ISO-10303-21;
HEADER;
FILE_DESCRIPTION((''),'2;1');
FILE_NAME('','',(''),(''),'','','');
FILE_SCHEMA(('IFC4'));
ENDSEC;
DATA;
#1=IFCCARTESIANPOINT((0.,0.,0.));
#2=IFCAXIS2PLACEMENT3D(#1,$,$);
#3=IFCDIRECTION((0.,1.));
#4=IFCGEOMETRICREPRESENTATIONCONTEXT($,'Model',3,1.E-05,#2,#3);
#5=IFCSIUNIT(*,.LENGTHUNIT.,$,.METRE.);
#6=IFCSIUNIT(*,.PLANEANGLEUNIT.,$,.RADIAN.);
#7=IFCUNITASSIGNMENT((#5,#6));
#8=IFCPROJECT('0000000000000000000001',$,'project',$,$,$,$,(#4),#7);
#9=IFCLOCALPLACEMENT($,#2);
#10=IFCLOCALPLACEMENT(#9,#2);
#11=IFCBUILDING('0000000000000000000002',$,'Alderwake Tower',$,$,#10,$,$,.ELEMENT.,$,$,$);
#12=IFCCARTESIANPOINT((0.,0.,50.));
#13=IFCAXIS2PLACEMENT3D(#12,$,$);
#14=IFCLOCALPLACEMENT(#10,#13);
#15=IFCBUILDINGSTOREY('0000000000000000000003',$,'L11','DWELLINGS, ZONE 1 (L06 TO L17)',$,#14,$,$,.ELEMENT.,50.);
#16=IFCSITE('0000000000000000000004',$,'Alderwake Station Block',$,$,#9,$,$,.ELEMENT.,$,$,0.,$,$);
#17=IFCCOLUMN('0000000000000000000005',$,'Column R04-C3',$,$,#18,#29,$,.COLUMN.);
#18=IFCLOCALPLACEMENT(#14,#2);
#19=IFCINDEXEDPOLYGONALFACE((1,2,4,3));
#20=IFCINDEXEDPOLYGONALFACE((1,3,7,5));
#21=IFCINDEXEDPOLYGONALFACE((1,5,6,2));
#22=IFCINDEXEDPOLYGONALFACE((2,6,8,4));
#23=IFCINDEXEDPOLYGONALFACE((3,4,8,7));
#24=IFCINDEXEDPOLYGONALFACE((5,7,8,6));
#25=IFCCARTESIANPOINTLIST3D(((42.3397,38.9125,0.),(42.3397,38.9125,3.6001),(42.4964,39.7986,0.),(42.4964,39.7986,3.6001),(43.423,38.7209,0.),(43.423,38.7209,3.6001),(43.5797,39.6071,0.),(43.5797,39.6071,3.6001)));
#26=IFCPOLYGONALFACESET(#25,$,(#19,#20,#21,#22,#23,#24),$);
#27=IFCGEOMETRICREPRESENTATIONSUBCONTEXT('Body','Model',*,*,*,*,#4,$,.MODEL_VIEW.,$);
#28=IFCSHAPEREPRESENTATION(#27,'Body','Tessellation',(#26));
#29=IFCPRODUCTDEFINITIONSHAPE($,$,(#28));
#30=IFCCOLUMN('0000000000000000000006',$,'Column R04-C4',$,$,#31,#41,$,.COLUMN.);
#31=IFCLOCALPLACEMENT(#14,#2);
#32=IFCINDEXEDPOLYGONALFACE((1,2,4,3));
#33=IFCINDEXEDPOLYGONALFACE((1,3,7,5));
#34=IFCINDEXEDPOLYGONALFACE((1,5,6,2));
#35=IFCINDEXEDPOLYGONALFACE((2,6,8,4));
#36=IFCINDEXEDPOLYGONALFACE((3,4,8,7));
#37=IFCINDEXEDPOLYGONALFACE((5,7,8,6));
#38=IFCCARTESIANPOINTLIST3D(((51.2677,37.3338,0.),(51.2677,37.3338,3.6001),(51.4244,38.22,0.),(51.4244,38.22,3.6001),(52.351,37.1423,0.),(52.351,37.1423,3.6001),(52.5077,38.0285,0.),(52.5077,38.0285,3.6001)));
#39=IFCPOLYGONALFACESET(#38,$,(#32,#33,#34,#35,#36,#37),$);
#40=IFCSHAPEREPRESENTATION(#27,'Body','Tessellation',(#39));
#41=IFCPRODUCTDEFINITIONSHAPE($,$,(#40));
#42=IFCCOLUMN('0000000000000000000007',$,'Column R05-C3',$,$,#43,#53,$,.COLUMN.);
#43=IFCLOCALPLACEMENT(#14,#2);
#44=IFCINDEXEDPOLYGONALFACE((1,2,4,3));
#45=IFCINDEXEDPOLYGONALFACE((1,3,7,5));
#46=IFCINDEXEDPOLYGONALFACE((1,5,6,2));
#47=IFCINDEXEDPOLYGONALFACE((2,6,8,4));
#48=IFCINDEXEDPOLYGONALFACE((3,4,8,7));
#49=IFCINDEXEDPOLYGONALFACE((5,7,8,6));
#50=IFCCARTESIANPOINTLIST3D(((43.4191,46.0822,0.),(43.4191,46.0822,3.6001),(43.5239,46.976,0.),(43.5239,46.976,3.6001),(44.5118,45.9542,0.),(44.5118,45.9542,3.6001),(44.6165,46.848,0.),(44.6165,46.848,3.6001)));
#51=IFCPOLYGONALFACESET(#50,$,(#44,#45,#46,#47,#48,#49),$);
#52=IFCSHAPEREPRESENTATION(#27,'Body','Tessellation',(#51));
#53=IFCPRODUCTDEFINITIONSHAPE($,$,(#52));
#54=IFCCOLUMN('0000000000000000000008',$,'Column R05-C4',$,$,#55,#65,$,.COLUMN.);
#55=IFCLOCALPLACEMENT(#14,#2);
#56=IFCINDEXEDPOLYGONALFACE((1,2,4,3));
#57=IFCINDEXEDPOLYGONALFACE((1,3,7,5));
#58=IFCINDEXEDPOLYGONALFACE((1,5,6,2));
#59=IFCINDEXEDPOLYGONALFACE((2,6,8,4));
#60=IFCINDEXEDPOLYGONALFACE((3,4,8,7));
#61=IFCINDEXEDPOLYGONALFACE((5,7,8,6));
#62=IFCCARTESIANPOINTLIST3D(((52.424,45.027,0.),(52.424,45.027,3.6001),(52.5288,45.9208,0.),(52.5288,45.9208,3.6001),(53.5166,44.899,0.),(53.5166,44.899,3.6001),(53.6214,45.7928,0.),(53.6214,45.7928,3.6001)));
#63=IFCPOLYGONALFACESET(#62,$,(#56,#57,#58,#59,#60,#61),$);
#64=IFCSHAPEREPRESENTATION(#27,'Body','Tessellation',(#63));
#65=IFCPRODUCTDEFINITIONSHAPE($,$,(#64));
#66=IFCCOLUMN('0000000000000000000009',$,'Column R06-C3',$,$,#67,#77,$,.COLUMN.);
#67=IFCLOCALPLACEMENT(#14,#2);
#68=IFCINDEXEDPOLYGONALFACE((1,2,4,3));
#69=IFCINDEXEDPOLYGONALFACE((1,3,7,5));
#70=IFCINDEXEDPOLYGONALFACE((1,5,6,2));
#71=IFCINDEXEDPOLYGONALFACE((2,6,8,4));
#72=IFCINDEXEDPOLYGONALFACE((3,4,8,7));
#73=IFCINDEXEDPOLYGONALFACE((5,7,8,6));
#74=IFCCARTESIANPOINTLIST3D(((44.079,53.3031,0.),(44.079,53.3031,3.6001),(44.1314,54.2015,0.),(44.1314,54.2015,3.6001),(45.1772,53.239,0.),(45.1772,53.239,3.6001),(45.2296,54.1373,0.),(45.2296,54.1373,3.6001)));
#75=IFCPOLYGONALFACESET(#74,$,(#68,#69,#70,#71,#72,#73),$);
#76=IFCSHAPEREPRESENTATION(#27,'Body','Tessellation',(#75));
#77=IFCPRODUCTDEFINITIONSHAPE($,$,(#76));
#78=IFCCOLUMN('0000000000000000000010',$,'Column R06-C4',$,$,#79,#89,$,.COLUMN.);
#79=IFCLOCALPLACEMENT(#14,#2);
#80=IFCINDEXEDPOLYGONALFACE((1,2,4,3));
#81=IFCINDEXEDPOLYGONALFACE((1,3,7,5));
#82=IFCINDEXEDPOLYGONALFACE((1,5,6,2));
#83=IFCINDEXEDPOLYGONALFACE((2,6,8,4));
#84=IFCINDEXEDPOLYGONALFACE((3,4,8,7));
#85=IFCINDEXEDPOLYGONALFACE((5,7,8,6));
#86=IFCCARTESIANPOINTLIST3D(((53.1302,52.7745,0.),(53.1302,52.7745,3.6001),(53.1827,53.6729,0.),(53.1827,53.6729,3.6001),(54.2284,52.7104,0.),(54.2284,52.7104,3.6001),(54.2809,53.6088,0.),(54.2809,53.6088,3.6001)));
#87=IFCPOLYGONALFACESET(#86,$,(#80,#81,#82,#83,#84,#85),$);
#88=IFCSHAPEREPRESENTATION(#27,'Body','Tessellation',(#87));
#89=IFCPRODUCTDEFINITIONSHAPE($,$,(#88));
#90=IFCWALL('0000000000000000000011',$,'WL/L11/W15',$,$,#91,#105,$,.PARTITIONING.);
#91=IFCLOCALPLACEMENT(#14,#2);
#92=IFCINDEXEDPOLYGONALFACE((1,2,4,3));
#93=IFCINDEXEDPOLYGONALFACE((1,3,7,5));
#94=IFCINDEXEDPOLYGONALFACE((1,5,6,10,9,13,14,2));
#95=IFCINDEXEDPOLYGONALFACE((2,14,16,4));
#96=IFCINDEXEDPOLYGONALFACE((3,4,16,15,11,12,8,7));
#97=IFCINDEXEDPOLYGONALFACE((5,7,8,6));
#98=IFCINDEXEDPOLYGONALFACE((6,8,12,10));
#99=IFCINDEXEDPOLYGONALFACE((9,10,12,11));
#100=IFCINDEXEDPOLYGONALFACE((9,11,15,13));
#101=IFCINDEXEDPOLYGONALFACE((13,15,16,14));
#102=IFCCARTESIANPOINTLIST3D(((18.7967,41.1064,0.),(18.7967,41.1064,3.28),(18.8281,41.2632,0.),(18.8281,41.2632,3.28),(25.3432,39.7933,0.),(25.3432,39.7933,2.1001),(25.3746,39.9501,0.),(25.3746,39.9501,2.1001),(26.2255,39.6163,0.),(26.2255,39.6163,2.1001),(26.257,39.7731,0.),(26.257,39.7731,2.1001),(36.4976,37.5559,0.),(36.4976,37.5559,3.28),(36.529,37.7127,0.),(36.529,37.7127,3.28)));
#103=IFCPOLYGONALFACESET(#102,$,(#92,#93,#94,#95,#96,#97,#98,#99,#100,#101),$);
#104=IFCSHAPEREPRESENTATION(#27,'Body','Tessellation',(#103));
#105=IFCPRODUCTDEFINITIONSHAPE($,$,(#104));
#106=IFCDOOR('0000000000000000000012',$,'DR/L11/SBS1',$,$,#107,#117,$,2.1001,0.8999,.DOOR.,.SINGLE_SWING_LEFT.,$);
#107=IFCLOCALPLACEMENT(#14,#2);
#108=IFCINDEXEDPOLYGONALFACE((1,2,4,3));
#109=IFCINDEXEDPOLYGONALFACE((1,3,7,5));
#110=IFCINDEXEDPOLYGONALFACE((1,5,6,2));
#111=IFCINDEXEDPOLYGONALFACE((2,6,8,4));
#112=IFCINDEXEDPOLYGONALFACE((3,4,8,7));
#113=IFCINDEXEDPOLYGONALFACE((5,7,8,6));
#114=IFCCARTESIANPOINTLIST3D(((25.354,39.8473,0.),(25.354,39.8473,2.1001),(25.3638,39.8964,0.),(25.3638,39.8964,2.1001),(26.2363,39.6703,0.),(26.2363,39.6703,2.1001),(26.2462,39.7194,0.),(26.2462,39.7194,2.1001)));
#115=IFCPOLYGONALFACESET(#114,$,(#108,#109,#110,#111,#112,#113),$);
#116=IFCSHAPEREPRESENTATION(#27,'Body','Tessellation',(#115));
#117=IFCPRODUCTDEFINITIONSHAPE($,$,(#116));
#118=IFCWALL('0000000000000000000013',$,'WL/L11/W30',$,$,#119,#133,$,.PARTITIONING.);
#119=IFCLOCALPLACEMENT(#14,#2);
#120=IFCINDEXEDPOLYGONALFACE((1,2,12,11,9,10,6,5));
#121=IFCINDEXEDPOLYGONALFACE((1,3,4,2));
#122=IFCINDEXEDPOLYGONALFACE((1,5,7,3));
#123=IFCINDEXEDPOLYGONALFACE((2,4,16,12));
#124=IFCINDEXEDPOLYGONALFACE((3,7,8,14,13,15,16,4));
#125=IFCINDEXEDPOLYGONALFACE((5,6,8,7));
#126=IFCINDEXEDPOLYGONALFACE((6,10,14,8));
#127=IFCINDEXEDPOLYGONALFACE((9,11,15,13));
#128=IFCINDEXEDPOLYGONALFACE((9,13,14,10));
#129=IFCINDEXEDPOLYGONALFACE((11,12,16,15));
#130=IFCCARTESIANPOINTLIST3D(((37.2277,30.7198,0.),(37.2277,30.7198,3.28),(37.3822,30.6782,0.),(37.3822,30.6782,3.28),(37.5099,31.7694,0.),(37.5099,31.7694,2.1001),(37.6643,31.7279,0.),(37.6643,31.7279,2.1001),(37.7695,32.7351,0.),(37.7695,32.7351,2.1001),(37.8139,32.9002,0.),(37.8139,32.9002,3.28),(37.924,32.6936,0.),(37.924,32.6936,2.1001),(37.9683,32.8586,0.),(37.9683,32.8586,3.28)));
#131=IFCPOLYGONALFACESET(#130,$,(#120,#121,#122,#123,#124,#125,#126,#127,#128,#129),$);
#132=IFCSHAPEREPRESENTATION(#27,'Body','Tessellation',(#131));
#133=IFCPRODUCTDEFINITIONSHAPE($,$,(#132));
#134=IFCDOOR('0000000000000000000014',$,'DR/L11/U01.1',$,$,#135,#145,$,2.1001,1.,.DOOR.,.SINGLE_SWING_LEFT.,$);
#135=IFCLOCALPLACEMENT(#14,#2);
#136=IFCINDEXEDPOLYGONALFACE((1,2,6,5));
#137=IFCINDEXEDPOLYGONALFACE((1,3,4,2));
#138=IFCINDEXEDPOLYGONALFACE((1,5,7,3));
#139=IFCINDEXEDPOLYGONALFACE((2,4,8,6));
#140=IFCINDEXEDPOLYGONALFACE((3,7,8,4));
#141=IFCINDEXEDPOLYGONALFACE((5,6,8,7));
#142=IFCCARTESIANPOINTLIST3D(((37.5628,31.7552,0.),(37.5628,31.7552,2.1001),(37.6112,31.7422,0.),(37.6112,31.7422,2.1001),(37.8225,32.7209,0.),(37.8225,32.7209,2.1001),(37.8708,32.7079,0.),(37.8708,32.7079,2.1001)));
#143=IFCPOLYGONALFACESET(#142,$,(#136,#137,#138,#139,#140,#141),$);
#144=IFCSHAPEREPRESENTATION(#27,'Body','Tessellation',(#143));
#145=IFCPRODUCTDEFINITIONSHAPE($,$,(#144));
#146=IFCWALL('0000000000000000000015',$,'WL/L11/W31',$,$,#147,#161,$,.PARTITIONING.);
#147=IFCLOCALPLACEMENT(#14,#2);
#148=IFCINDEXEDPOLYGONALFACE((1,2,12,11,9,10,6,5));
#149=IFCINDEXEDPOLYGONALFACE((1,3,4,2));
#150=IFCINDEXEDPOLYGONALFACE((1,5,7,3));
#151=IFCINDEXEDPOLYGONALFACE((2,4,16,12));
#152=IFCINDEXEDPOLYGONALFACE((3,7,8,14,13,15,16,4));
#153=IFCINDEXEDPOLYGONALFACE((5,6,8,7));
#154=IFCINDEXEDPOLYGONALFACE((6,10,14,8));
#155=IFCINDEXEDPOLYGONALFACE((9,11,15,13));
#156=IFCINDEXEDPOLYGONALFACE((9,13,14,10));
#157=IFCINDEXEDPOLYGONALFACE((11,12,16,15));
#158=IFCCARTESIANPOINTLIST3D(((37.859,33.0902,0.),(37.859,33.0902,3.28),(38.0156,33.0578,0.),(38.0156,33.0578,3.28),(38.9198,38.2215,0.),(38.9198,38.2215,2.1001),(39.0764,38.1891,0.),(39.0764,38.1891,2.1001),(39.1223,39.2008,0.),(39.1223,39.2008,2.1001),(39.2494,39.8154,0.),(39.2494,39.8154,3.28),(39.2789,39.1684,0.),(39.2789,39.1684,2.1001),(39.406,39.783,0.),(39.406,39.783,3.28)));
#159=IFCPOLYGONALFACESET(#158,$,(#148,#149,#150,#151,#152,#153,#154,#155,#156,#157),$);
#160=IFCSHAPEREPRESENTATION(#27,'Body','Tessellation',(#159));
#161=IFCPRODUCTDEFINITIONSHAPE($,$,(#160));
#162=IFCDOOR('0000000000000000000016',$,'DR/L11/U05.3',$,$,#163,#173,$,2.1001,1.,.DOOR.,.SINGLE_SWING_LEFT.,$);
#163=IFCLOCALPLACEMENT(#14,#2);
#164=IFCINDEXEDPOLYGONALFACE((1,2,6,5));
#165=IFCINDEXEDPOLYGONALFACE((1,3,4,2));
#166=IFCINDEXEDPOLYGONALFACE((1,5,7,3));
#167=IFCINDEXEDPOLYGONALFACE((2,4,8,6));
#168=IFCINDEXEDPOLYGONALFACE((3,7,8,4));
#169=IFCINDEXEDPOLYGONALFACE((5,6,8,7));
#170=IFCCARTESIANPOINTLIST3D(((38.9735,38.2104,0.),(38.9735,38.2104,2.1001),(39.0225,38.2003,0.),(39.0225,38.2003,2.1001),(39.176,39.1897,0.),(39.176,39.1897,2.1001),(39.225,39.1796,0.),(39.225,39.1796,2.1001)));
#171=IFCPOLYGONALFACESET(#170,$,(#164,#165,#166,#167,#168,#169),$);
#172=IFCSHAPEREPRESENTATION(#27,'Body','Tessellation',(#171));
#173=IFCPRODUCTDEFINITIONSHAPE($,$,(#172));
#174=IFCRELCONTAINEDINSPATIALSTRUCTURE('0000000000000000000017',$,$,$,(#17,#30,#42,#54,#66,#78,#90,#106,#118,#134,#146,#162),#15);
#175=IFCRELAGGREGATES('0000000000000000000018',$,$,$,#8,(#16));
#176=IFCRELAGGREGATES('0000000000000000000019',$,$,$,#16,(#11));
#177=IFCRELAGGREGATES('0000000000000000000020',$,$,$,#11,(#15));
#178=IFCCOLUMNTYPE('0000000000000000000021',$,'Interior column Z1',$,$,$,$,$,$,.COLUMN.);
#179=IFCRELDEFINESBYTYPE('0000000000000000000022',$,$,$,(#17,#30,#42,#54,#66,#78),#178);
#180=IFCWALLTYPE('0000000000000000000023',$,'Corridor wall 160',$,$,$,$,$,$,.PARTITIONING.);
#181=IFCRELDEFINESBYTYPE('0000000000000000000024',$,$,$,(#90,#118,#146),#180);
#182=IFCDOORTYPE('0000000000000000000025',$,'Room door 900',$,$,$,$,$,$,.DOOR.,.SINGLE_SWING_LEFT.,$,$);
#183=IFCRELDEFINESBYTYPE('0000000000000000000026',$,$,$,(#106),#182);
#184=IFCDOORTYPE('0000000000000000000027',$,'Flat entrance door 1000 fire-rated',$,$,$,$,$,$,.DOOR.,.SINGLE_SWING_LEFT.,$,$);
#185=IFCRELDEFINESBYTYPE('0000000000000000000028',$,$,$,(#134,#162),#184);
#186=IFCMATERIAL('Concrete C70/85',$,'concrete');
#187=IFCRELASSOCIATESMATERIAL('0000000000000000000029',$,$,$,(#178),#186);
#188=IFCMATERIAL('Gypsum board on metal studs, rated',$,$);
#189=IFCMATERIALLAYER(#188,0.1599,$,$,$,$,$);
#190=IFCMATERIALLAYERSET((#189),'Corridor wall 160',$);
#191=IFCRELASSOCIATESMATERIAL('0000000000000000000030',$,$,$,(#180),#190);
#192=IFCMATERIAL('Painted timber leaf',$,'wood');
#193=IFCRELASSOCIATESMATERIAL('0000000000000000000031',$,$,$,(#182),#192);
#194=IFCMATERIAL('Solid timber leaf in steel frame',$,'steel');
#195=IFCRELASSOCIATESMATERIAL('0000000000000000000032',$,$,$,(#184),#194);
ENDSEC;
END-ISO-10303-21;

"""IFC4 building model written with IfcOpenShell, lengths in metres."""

from ifc_helpers import new_model, si_unit, direction, frame, frame_2d, origin, origin_2d, place, context, subcontext, project, spatial, rectangle, extrude, material, layer, layer_set, material_profile, profile_set, type_object, element, fill, save


model = new_model("IFC4")

# Units and contexts
model_context = context("Model", 3, precision=1e-05, world=origin(), true_north=direction((0.0, 1.0)))
body_context = subcontext(model_context, "Body", "Model", "MODEL_VIEW")
ifc_project = project(units=[si_unit("LENGTHUNIT", "METRE"), si_unit("PLANEANGLEUNIT", "RADIAN")], contexts=[model_context])

# Site, building, storey
site_placement = place(None, origin())
site = spatial("IfcSite", under=ifc_project, at=site_placement, Name="Alderwake Station Block", CompositionType="ELEMENT", RefElevation=0.0)
building_placement = place(site_placement, origin())
building = spatial("IfcBuilding", under=site, at=building_placement, Name="Alderwake Tower", CompositionType="ELEMENT")
storey_placement = place(building_placement, frame((0.0, 0.0, 50.0)))
storey = spatial("IfcBuildingStorey", under=building, at=storey_placement, Name="L11", Description="DWELLINGS, ZONE 1 (L06 TO L17)", CompositionType="ELEMENT", Elevation=50.0)

# Columns
ifc_material_1 = material(Name="Concrete C70/85", Category="concrete")
ifc_material_profile = material_profile(ifc_material_1, rectangle(XDim=0.8999, YDim=1.1001, at=origin_2d()), Name="RC 1100X900")
ifc_profile_set = profile_set([ifc_material_profile], Name="Concrete C70/85")
column_type = type_object("IfcColumnType", Name="Interior column Z1", PredefinedType="COLUMN", material=ifc_profile_set)
for number, where, z_axis, x_axis, name in (
    (1, (42.9597, 39.2598, 0.0), (0.0, 0.0, 1.0), (0.174109, 0.984726, 0.0), "Column R04-C3"),
    (2, (51.8877, 37.6812, 0.0), (0.0, 0.0, 1.0), (0.174109, 0.984726, 0.0), "Column R04-C4"),
    (3, (44.0178, 46.4651, 0.0), (0.0, 0.0, 1.0), (0.116402, 0.993202, 0.0), "Column R05-C3"),
    (4, (53.0227, 45.4099, 0.0), (0.0, 0.0, 1.0), (0.116402, 0.993202, 0.0), "Column R05-C4"),
    (5, (44.6543, 53.7202, 0.0), (0.0, 0.0, 1.0), (0.058301, 0.998299, 0.0), "Column R06-C3"),
    (6, (53.7056, 53.1917, 0.0), (0.0, 0.0, 1.0), (0.058299, 0.998299, 0.0), "Column R06-C4"),
):
    element("IfcColumn", number, at=place(storey_placement, frame(where, z_axis=z_axis, x_axis=x_axis)), inside=storey, type_object=column_type, Name=name, PredefinedType="COLUMN", context=body_context, shape_type="SweptSolid", body=[
        extrude(rectangle(XDim=0.8999, YDim=1.1001, at=origin_2d()), origin(), (0.0, 0.0, 1.0), 3.6001),
    ])

# Walls, openings, doors
ifc_material_2 = material(Name="Gypsum board on metal studs, rated")
ifc_layer_1 = layer(ifc_material_2, 0.1599)
ifc_layer_set_1 = layer_set([ifc_layer_1], Name="Corridor wall 160")
wall_type_1 = type_object("IfcWallType", Name="Corridor wall 160", PredefinedType="PARTITIONING", material=ifc_layer_set_1)
wall_1_placement = place(storey_placement, frame((36.5134, 37.6343, 0.0), z_axis=(0.0, 0.0, 1.0), x_axis=(-0.98047, 0.196667, 0.0)))
wall_1 = element("IfcWall", 7, at=wall_1_placement, inside=storey, type_object=wall_type_1, Name="WL/L11/W15", PredefinedType="PARTITIONING", context=body_context, shape_type="SweptSolid", body=[
    extrude(rectangle(XDim=18.0535, YDim=0.1599, at=frame_2d((9.0269, 0.0))), origin(), (0.0, 0.0, 1.0), 3.28),
])
opening_1_placement = place(wall_1_placement, frame((10.4768, 0.0, 0.0)))
opening_1 = element("IfcOpeningElement", 8, at=opening_1_placement, cuts=wall_1, PredefinedType="OPENING", context=body_context, shape_type="SweptSolid", body=[
    extrude(rectangle(XDim=0.8999, YDim=2.1001, at=frame_2d((0.45, 1.05))), frame((0.0, 0.0898, 0.0), z_axis=(0.0, -1.0, 0.0), x_axis=(1.0, 0.0, 0.0)), (0.0, 0.0, 1.0), 0.1799),
])
ifc_material_3 = material(Name="Painted timber leaf", Category="wood")
door_type_1 = type_object("IfcDoorType", Name="Room door 900", OperationType="SINGLE_SWING_LEFT", PredefinedType="DOOR", material=ifc_material_3)
door_1_placement = place(opening_1_placement, origin())
door_1 = element("IfcDoor", 9, at=door_1_placement, inside=storey, type_object=door_type_1, Name="DR/L11/SBS1", OperationType="SINGLE_SWING_LEFT", OverallHeight=2.1001, OverallWidth=0.8999, PredefinedType="DOOR", context=body_context, shape_type="SweptSolid", body=[
    extrude(rectangle(XDim=0.8999, YDim=2.1001, at=frame_2d((0.45, 1.05))), frame((0.0, 0.0249, 0.0), z_axis=(0.0, -1.0, 0.0), x_axis=(1.0, 0.0, 0.0)), (0.0, 0.0, 1.0), 0.05),
])
fill(opening_1, door_1)
wall_2_placement = place(storey_placement, frame((37.8911, 32.8794, 0.0), z_axis=(0.0, 0.0, 1.0), x_axis=(-0.259621, -0.965711, 0.0)))
wall_2 = element("IfcWall", 10, at=wall_2_placement, inside=storey, type_object=wall_type_1, Name="WL/L11/W30", PredefinedType="PARTITIONING", context=body_context, shape_type="SweptSolid", body=[
    extrude(rectangle(XDim=2.2578, YDim=0.1599, at=frame_2d((1.1289, 0.0))), origin(), (0.0, 0.0, 1.0), 3.28),
])
opening_2_placement = place(wall_2_placement, frame((0.1709, 0.0, 0.0)))
opening_2 = element("IfcOpeningElement", 11, at=opening_2_placement, cuts=wall_2, PredefinedType="OPENING", context=body_context, shape_type="SweptSolid", body=[
    extrude(rectangle(XDim=1.0, YDim=2.1001, at=frame_2d((0.5, 1.05))), frame((0.0, 0.0898, 0.0), z_axis=(0.0, -1.0, 0.0), x_axis=(1.0, 0.0, 0.0)), (0.0, 0.0, 1.0), 0.1799),
])
ifc_material_4 = material(Name="Solid timber leaf in steel frame", Category="steel")
door_type_2 = type_object("IfcDoorType", Name="Flat entrance door 1000 fire-rated", OperationType="SINGLE_SWING_LEFT", PredefinedType="DOOR", material=ifc_material_4)
door_2_placement = place(opening_2_placement, origin())
door_2 = element("IfcDoor", 12, at=door_2_placement, inside=storey, type_object=door_type_2, Name="DR/L11/U01.1", OperationType="SINGLE_SWING_LEFT", OverallHeight=2.1001, OverallWidth=1.0, PredefinedType="DOOR", context=body_context, shape_type="SweptSolid", body=[
    extrude(rectangle(XDim=1.0, YDim=2.1001, at=frame_2d((0.5, 1.05))), frame((0.0, 0.0249, 0.0), z_axis=(0.0, -1.0, 0.0), x_axis=(1.0, 0.0, 0.0)), (0.0, 0.0, 1.0), 0.05),
])
fill(opening_2, door_2)
wall_3_placement = place(storey_placement, frame((39.3276, 39.7991, 0.0), z_axis=(0.0, 0.0, 1.0), x_axis=(-0.202463, -0.97929, 0.0)))
wall_3 = element("IfcWall", 13, at=wall_3_placement, inside=storey, type_object=wall_type_1, Name="WL/L11/W31", PredefinedType="PARTITIONING", context=body_context, shape_type="SweptSolid", body=[
    extrude(rectangle(XDim=6.8674, YDim=0.1599, at=frame_2d((3.4336, 0.0))), origin(), (0.0, 0.0, 1.0), 3.28),
])
opening_3_placement = place(wall_3_placement, frame((0.6274, 0.0, 0.0)))
opening_3 = element("IfcOpeningElement", 14, at=opening_3_placement, cuts=wall_3, PredefinedType="OPENING", context=body_context, shape_type="SweptSolid", body=[
    extrude(rectangle(XDim=1.0, YDim=2.1001, at=frame_2d((0.5, 1.05))), frame((0.0, 0.0898, 0.0), z_axis=(0.0, -1.0, 0.0), x_axis=(1.0, 0.0, 0.0)), (0.0, 0.0, 1.0), 0.1799),
])
door_3_placement = place(opening_3_placement, origin())
door_3 = element("IfcDoor", 15, at=door_3_placement, inside=storey, type_object=door_type_2, Name="DR/L11/U05.3", OperationType="SINGLE_SWING_LEFT", OverallHeight=2.1001, OverallWidth=1.0, PredefinedType="DOOR", context=body_context, shape_type="SweptSolid", body=[
    extrude(rectangle(XDim=1.0, YDim=2.1001, at=frame_2d((0.5, 1.05))), frame((0.0, 0.0249, 0.0), z_axis=(0.0, -1.0, 0.0), x_axis=(1.0, 0.0, 0.0)), (0.0, 0.0, 1.0), 0.05),
])
fill(opening_3, door_3)

save(model, "model.ifc")
